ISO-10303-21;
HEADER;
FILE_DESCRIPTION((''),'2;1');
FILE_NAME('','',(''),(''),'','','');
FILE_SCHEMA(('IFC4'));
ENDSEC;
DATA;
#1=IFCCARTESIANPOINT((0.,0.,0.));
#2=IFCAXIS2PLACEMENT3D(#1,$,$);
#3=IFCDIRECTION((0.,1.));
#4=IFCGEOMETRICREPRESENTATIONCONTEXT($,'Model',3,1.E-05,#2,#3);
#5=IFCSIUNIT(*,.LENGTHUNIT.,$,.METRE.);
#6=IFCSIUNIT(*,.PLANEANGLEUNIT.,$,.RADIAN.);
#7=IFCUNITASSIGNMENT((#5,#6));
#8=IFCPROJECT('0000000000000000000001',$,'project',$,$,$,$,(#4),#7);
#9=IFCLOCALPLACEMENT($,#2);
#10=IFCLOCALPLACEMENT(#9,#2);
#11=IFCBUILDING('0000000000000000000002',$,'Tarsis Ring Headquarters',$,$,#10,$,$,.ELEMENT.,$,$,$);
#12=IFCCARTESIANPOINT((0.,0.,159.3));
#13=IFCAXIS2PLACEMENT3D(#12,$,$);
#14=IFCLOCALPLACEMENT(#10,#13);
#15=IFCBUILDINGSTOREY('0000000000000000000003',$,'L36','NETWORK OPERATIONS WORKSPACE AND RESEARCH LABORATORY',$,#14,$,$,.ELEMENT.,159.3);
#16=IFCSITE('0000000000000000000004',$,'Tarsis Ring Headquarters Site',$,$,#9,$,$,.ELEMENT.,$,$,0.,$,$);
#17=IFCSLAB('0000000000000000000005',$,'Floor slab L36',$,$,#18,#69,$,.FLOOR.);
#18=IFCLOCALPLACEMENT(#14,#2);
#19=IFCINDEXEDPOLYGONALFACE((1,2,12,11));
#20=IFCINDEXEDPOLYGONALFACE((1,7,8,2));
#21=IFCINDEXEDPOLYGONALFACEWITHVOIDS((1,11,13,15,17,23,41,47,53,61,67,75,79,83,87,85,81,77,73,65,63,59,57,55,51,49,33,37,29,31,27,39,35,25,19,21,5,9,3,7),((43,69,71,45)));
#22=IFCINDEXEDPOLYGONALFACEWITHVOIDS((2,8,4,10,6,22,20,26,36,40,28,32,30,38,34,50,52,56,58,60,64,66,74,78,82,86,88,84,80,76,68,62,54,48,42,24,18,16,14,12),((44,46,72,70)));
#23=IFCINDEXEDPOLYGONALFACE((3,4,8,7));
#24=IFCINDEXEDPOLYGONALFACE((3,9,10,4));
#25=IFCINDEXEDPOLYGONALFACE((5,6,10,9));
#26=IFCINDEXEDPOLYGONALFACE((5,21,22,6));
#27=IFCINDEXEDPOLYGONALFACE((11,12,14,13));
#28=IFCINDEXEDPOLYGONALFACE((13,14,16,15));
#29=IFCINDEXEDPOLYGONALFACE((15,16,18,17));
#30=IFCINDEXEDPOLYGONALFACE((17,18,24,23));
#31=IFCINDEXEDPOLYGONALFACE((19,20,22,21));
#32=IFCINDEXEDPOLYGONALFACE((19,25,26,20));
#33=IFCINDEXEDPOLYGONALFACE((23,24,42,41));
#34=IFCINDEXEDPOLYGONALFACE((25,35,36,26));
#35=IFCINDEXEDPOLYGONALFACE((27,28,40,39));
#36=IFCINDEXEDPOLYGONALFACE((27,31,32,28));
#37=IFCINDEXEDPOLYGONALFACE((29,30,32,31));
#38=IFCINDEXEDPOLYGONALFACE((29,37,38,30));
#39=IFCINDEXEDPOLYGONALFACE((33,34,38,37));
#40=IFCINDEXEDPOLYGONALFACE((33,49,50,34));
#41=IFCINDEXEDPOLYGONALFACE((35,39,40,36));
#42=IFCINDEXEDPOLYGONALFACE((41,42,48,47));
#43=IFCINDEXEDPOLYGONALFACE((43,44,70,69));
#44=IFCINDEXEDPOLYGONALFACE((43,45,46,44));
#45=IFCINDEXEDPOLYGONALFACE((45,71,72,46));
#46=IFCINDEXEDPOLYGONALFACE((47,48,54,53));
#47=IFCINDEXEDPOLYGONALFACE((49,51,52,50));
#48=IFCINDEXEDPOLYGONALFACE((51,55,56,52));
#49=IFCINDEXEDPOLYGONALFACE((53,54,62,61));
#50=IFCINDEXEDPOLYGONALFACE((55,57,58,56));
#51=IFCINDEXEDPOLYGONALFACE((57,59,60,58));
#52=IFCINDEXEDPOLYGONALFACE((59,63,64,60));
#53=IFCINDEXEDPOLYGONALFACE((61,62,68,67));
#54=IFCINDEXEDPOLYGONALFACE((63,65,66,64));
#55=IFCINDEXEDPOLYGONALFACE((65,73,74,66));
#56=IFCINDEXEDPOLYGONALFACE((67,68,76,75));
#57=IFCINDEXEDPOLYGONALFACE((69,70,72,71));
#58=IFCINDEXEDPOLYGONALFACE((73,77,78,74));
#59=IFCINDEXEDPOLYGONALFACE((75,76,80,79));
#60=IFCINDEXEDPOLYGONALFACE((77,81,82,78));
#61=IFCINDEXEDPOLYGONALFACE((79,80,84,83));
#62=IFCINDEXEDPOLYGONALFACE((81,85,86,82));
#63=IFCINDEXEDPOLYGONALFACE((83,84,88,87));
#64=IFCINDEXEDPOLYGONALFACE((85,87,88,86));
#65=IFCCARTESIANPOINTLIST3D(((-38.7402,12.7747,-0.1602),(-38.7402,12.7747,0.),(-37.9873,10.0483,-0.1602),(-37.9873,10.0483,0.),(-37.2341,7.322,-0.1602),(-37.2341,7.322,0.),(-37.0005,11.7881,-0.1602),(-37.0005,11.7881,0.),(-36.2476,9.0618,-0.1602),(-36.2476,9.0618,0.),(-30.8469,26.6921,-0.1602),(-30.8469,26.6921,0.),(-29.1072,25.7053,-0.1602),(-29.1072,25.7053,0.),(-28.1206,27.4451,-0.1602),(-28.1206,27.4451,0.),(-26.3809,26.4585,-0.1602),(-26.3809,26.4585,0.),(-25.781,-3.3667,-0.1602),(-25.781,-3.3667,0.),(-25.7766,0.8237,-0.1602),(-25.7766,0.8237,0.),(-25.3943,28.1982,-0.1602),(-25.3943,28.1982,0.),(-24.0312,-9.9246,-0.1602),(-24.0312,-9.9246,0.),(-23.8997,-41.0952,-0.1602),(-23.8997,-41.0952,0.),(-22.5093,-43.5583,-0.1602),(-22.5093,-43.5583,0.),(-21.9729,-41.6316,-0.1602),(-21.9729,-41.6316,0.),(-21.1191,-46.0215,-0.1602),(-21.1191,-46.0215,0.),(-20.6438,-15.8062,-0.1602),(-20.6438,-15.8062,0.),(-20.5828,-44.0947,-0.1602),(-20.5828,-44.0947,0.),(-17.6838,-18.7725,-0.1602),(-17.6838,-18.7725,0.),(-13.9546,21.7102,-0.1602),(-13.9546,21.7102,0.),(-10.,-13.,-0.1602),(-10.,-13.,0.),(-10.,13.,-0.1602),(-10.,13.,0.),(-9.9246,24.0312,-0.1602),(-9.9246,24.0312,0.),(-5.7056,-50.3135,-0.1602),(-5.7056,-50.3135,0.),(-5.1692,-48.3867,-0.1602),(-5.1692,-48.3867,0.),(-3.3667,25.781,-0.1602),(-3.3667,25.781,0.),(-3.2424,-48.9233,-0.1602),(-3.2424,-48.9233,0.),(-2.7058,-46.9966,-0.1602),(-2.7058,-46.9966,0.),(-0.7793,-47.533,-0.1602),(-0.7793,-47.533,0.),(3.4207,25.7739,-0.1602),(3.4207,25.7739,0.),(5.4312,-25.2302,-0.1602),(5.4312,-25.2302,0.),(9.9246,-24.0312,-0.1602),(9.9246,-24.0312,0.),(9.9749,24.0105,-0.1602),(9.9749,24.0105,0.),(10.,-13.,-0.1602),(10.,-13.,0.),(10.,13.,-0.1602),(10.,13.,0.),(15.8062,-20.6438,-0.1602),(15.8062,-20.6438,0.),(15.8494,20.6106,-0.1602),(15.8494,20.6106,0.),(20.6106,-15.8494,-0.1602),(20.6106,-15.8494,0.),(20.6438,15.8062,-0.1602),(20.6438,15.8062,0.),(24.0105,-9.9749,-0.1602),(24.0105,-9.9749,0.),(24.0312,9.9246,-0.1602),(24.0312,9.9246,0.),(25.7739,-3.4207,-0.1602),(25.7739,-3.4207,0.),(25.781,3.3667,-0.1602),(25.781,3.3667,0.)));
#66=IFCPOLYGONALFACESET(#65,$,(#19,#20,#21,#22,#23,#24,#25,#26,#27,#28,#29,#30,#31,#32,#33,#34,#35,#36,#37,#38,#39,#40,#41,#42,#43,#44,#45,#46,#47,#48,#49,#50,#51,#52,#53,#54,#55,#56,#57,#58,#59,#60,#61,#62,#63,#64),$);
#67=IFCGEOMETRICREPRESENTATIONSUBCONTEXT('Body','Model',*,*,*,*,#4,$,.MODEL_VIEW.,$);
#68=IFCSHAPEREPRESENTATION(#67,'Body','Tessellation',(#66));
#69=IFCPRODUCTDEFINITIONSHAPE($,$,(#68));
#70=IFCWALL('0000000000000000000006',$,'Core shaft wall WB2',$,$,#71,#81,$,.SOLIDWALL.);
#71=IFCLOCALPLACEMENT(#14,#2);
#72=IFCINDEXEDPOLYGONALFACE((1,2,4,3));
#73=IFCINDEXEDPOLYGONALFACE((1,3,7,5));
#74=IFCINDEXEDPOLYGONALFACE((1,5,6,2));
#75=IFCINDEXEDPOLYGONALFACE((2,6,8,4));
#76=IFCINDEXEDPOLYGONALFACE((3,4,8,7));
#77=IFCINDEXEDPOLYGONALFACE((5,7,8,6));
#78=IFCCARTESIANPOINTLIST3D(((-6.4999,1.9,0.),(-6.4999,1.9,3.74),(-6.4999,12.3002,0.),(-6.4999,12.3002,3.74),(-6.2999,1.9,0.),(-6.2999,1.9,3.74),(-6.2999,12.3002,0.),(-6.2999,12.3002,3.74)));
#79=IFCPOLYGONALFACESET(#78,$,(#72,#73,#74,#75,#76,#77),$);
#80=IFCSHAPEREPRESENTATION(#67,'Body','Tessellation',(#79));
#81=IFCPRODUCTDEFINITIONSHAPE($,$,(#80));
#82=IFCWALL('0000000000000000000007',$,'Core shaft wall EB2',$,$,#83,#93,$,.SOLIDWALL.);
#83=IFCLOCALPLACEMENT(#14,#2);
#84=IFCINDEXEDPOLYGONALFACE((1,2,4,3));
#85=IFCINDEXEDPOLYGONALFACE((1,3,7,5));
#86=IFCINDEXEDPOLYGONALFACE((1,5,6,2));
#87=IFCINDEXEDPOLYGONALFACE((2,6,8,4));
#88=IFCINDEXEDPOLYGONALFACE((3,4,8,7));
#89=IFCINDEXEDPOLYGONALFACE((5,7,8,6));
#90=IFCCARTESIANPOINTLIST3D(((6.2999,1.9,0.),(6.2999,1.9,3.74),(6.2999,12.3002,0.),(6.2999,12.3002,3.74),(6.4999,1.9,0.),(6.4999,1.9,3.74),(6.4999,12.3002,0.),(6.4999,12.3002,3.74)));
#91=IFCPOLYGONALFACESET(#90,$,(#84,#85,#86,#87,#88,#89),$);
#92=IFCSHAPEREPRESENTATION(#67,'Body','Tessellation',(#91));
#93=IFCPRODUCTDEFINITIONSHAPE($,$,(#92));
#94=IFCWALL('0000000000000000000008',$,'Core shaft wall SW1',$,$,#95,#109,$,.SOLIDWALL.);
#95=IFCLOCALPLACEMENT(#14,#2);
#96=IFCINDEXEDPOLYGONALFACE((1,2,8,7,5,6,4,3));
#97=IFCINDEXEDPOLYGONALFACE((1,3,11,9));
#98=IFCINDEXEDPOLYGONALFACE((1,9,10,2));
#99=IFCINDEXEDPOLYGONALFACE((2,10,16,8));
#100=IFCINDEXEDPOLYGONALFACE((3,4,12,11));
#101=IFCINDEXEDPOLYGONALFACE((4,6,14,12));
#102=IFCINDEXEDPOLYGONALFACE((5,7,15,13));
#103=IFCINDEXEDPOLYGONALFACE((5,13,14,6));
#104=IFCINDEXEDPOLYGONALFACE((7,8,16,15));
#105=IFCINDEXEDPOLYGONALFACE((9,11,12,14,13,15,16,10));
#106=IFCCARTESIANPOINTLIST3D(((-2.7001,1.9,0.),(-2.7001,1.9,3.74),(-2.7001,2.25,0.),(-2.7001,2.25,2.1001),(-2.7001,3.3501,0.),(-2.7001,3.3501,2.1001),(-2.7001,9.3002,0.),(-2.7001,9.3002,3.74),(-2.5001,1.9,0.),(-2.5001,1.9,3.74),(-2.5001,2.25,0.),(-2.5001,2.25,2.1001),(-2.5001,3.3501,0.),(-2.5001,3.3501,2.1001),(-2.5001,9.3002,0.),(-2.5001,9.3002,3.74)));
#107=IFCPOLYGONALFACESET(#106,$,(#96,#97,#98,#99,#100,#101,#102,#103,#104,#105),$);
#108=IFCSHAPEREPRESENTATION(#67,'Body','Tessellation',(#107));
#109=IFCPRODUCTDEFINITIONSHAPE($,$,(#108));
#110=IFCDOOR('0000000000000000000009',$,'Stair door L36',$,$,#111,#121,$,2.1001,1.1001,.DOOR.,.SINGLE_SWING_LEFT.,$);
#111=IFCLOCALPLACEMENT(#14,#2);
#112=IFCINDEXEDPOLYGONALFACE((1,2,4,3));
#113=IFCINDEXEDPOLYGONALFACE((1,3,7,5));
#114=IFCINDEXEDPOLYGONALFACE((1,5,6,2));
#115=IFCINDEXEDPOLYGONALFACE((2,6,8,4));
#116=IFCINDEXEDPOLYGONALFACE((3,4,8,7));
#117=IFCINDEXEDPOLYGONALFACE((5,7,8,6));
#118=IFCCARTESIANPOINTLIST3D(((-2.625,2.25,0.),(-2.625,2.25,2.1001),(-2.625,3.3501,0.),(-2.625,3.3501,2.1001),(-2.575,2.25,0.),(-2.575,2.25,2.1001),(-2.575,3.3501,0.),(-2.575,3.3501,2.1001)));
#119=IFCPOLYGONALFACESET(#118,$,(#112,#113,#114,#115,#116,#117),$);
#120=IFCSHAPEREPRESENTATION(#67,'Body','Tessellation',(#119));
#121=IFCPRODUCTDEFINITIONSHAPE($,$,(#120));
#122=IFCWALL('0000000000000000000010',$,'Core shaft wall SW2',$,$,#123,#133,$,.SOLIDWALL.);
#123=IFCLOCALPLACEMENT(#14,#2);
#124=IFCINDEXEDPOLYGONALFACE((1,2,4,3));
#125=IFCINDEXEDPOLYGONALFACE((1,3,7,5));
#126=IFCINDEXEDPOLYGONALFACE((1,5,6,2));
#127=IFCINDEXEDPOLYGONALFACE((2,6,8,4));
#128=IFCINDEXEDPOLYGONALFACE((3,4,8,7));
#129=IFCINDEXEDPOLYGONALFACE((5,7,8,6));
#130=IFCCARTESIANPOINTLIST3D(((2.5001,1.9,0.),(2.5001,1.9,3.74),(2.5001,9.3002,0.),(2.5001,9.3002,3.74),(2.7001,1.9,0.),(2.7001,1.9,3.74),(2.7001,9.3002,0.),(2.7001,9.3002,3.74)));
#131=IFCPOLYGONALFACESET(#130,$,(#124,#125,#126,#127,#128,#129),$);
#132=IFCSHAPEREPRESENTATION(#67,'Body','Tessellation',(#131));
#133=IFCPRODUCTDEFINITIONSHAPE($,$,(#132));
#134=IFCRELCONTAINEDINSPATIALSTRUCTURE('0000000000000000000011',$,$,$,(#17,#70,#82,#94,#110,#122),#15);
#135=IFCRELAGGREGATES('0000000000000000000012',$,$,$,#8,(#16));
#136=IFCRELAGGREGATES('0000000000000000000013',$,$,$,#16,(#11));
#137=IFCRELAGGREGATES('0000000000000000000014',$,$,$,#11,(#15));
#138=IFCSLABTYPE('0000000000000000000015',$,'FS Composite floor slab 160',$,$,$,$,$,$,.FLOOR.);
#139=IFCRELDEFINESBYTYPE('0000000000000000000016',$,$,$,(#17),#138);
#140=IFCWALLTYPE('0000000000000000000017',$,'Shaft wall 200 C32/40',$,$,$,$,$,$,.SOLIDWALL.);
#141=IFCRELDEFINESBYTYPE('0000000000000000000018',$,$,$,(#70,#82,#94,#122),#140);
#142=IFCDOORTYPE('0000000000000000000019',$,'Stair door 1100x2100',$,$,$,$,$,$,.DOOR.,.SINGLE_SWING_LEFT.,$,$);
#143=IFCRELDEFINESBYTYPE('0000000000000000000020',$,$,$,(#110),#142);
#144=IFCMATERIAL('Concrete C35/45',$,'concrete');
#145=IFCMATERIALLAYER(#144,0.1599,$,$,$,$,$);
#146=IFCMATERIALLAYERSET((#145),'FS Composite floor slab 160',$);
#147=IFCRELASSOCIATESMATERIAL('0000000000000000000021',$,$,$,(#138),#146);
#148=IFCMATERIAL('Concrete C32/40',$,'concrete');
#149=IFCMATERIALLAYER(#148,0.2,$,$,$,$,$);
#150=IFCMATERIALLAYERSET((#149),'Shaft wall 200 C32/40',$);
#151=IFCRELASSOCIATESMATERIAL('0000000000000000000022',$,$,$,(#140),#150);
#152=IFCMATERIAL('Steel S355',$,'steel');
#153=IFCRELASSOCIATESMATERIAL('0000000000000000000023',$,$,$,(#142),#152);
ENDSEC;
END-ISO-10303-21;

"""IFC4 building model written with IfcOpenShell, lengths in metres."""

from ifc_helpers import new_model, si_unit, direction, frame, frame_2d, origin, place, context, subcontext, project, spatial, polyline, rectangle, outline, extrude, material, layer, layer_set, type_object, element, fill, save


model = new_model("IFC4")

# Units and contexts
model_context = context("Model", 3, precision=1e-05, world=origin(), true_north=direction((0.0, 1.0)))
body_context = subcontext(model_context, "Body", "Model", "MODEL_VIEW")
ifc_project = project(units=[si_unit("LENGTHUNIT", "METRE"), si_unit("PLANEANGLEUNIT", "RADIAN")], contexts=[model_context])

# Site, building, storey
site_placement = place(None, origin())
site = spatial("IfcSite", under=ifc_project, at=site_placement, Name="Tarsis Ring Headquarters Site", CompositionType="ELEMENT", RefElevation=0.0)
building_placement = place(site_placement, origin())
building = spatial("IfcBuilding", under=site, at=building_placement, Name="Tarsis Ring Headquarters", CompositionType="ELEMENT")
storey_placement = place(building_placement, frame((0.0, 0.0, 159.3)))
storey = spatial("IfcBuildingStorey", under=building, at=storey_placement, Name="L36", Description="NETWORK OPERATIONS WORKSPACE AND RESEARCH LABORATORY", CompositionType="ELEMENT", Elevation=159.3)

# Slab
ifc_material_1 = material(Name="Concrete C35/45", Category="concrete")
ifc_layer_1 = layer(ifc_material_1, 0.1599)
ifc_layer_set_1 = layer_set([ifc_layer_1], Name="FS Composite floor slab 160")
slab_type_1 = type_object("IfcSlabType", Name="FS Composite floor slab 160", PredefinedType="FLOOR", material=ifc_layer_set_1)
slab_1_placement = place(storey_placement, frame((0.0, 0.0, -0.1602)))
element("IfcSlab", 1, at=slab_1_placement, inside=storey, type_object=slab_type_1, Name="Floor slab L36", PredefinedType="FLOOR", context=body_context, shape_type="SweptSolid", body=[
    extrude(outline(polyline([(-25.7766, 0.8237), (-25.781, -3.3667), (-24.0312, -9.9246), (-20.6438, -15.8062), (-17.6838, -18.7725), (-23.8997, -41.0952), (-21.9729, -41.6316), (-22.5093, -43.5583), (-20.5828, -44.0947), (-21.1191, -46.0215), (-5.7056, -50.3135), (-5.1692, -48.3867), (-3.2424, -48.9233), (-2.7058, -46.9966), (-0.7793, -47.533), (5.4312, -25.2302), (9.9246, -24.0312), (15.8062, -20.6438), (20.6106, -15.8494), (24.0105, -9.9749), (25.7739, -3.4207), (25.781, 3.3667), (24.0312, 9.9246), (20.6438, 15.8062), (15.8494, 20.6106), (9.9749, 24.0105), (3.4207, 25.7739), (-3.3667, 25.781), (-9.9246, 24.0312), (-13.9546, 21.7102), (-25.3943, 28.1982), (-26.3809, 26.4585), (-28.1206, 27.4451), (-29.1072, 25.7053), (-30.8469, 26.6921), (-38.7402, 12.7747), (-37.0005, 11.7881), (-37.9873, 10.0483), (-36.2476, 9.0618), (-37.2341, 7.322), (-25.7766, 0.8237)]), holes=[polyline([(-10.0, -13.0), (-10.0, 13.0), (10.0, 13.0), (10.0, -13.0), (-10.0, -13.0)])]), origin(), (0.0, 0.0, 1.0), 0.1602),
])

# Walls
ifc_material_2 = material(Name="Concrete C32/40", Category="concrete")
ifc_layer_2 = layer(ifc_material_2, 0.2)
ifc_layer_set_2 = layer_set([ifc_layer_2], Name="Shaft wall 200 C32/40")
wall_type = type_object("IfcWallType", Name="Shaft wall 200 C32/40", PredefinedType="SOLIDWALL", material=ifc_layer_set_2)
for number, where, z_axis, x_axis, name in (
    (2, (-6.3999, 1.8999, 0.0), (0.0, 0.0, 1.0), (0.0, 1.0, 0.0), "Core shaft wall WB2"),
    (3, (6.3999, 1.8999, 0.0), (0.0, 0.0, 1.0), (0.0, 1.0, 0.0), "Core shaft wall EB2"),
):
    element("IfcWall", number, at=place(storey_placement, frame(where, z_axis=z_axis, x_axis=x_axis)), inside=storey, type_object=wall_type, Name=name, PredefinedType="SOLIDWALL", context=body_context, shape_type="SweptSolid", body=[
        extrude(rectangle(XDim=10.4001, YDim=0.2, at=frame_2d((5.2002, 0.0))), origin(), (0.0, 0.0, 1.0), 3.74),
    ])

# Wall, opening, door
wall_1_placement = place(storey_placement, frame((-2.6001, 1.8999, 0.0), z_axis=(0.0, 0.0, 1.0), x_axis=(0.0, 1.0, 0.0)))
wall_1 = element("IfcWall", 4, at=wall_1_placement, inside=storey, type_object=wall_type, Name="Core shaft wall SW1", PredefinedType="SOLIDWALL", context=body_context, shape_type="SweptSolid", body=[
    extrude(rectangle(XDim=7.4001, YDim=0.2, at=frame_2d((3.7002, 0.0))), origin(), (0.0, 0.0, 1.0), 3.74),
])
opening_placement = place(wall_1_placement, frame((0.3501, 0.0, 0.0)))
opening = element("IfcOpeningElement", 5, at=opening_placement, cuts=wall_1, PredefinedType="OPENING", context=body_context, shape_type="SweptSolid", body=[
    extrude(rectangle(XDim=1.1001, YDim=2.1001, at=frame_2d((0.55, 1.05))), frame((0.0, 0.1099, 0.0), z_axis=(0.0, -1.0, 0.0), x_axis=(1.0, 0.0, 0.0)), (0.0, 0.0, 1.0), 0.22),
])
ifc_material_3 = material(Name="Steel S355", Category="steel")
door_type = type_object("IfcDoorType", Name="Stair door 1100x2100", OperationType="SINGLE_SWING_LEFT", PredefinedType="DOOR", material=ifc_material_3)
door_placement = place(opening_placement, origin())
door = element("IfcDoor", 6, at=door_placement, inside=storey, type_object=door_type, Name="Stair door L36", OperationType="SINGLE_SWING_LEFT", OverallHeight=2.1001, OverallWidth=1.1001, PredefinedType="DOOR", context=body_context, shape_type="SweptSolid", body=[
    extrude(rectangle(XDim=1.1001, YDim=2.1001, at=frame_2d((0.55, 1.05))), frame((0.0, 0.0249, 0.0), z_axis=(0.0, -1.0, 0.0), x_axis=(1.0, 0.0, 0.0)), (0.0, 0.0, 1.0), 0.05),
])
fill(opening, door)

# Wall
wall_2_placement = place(storey_placement, frame((2.6001, 1.8999, 0.0), z_axis=(0.0, 0.0, 1.0), x_axis=(0.0, 1.0, 0.0)))
element("IfcWall", 7, at=wall_2_placement, inside=storey, type_object=wall_type, Name="Core shaft wall SW2", PredefinedType="SOLIDWALL", context=body_context, shape_type="SweptSolid", body=[
    extrude(rectangle(XDim=7.4001, YDim=0.2, at=frame_2d((3.7002, 0.0))), origin(), (0.0, 0.0, 1.0), 3.74),
])

save(model, "model.ifc")
